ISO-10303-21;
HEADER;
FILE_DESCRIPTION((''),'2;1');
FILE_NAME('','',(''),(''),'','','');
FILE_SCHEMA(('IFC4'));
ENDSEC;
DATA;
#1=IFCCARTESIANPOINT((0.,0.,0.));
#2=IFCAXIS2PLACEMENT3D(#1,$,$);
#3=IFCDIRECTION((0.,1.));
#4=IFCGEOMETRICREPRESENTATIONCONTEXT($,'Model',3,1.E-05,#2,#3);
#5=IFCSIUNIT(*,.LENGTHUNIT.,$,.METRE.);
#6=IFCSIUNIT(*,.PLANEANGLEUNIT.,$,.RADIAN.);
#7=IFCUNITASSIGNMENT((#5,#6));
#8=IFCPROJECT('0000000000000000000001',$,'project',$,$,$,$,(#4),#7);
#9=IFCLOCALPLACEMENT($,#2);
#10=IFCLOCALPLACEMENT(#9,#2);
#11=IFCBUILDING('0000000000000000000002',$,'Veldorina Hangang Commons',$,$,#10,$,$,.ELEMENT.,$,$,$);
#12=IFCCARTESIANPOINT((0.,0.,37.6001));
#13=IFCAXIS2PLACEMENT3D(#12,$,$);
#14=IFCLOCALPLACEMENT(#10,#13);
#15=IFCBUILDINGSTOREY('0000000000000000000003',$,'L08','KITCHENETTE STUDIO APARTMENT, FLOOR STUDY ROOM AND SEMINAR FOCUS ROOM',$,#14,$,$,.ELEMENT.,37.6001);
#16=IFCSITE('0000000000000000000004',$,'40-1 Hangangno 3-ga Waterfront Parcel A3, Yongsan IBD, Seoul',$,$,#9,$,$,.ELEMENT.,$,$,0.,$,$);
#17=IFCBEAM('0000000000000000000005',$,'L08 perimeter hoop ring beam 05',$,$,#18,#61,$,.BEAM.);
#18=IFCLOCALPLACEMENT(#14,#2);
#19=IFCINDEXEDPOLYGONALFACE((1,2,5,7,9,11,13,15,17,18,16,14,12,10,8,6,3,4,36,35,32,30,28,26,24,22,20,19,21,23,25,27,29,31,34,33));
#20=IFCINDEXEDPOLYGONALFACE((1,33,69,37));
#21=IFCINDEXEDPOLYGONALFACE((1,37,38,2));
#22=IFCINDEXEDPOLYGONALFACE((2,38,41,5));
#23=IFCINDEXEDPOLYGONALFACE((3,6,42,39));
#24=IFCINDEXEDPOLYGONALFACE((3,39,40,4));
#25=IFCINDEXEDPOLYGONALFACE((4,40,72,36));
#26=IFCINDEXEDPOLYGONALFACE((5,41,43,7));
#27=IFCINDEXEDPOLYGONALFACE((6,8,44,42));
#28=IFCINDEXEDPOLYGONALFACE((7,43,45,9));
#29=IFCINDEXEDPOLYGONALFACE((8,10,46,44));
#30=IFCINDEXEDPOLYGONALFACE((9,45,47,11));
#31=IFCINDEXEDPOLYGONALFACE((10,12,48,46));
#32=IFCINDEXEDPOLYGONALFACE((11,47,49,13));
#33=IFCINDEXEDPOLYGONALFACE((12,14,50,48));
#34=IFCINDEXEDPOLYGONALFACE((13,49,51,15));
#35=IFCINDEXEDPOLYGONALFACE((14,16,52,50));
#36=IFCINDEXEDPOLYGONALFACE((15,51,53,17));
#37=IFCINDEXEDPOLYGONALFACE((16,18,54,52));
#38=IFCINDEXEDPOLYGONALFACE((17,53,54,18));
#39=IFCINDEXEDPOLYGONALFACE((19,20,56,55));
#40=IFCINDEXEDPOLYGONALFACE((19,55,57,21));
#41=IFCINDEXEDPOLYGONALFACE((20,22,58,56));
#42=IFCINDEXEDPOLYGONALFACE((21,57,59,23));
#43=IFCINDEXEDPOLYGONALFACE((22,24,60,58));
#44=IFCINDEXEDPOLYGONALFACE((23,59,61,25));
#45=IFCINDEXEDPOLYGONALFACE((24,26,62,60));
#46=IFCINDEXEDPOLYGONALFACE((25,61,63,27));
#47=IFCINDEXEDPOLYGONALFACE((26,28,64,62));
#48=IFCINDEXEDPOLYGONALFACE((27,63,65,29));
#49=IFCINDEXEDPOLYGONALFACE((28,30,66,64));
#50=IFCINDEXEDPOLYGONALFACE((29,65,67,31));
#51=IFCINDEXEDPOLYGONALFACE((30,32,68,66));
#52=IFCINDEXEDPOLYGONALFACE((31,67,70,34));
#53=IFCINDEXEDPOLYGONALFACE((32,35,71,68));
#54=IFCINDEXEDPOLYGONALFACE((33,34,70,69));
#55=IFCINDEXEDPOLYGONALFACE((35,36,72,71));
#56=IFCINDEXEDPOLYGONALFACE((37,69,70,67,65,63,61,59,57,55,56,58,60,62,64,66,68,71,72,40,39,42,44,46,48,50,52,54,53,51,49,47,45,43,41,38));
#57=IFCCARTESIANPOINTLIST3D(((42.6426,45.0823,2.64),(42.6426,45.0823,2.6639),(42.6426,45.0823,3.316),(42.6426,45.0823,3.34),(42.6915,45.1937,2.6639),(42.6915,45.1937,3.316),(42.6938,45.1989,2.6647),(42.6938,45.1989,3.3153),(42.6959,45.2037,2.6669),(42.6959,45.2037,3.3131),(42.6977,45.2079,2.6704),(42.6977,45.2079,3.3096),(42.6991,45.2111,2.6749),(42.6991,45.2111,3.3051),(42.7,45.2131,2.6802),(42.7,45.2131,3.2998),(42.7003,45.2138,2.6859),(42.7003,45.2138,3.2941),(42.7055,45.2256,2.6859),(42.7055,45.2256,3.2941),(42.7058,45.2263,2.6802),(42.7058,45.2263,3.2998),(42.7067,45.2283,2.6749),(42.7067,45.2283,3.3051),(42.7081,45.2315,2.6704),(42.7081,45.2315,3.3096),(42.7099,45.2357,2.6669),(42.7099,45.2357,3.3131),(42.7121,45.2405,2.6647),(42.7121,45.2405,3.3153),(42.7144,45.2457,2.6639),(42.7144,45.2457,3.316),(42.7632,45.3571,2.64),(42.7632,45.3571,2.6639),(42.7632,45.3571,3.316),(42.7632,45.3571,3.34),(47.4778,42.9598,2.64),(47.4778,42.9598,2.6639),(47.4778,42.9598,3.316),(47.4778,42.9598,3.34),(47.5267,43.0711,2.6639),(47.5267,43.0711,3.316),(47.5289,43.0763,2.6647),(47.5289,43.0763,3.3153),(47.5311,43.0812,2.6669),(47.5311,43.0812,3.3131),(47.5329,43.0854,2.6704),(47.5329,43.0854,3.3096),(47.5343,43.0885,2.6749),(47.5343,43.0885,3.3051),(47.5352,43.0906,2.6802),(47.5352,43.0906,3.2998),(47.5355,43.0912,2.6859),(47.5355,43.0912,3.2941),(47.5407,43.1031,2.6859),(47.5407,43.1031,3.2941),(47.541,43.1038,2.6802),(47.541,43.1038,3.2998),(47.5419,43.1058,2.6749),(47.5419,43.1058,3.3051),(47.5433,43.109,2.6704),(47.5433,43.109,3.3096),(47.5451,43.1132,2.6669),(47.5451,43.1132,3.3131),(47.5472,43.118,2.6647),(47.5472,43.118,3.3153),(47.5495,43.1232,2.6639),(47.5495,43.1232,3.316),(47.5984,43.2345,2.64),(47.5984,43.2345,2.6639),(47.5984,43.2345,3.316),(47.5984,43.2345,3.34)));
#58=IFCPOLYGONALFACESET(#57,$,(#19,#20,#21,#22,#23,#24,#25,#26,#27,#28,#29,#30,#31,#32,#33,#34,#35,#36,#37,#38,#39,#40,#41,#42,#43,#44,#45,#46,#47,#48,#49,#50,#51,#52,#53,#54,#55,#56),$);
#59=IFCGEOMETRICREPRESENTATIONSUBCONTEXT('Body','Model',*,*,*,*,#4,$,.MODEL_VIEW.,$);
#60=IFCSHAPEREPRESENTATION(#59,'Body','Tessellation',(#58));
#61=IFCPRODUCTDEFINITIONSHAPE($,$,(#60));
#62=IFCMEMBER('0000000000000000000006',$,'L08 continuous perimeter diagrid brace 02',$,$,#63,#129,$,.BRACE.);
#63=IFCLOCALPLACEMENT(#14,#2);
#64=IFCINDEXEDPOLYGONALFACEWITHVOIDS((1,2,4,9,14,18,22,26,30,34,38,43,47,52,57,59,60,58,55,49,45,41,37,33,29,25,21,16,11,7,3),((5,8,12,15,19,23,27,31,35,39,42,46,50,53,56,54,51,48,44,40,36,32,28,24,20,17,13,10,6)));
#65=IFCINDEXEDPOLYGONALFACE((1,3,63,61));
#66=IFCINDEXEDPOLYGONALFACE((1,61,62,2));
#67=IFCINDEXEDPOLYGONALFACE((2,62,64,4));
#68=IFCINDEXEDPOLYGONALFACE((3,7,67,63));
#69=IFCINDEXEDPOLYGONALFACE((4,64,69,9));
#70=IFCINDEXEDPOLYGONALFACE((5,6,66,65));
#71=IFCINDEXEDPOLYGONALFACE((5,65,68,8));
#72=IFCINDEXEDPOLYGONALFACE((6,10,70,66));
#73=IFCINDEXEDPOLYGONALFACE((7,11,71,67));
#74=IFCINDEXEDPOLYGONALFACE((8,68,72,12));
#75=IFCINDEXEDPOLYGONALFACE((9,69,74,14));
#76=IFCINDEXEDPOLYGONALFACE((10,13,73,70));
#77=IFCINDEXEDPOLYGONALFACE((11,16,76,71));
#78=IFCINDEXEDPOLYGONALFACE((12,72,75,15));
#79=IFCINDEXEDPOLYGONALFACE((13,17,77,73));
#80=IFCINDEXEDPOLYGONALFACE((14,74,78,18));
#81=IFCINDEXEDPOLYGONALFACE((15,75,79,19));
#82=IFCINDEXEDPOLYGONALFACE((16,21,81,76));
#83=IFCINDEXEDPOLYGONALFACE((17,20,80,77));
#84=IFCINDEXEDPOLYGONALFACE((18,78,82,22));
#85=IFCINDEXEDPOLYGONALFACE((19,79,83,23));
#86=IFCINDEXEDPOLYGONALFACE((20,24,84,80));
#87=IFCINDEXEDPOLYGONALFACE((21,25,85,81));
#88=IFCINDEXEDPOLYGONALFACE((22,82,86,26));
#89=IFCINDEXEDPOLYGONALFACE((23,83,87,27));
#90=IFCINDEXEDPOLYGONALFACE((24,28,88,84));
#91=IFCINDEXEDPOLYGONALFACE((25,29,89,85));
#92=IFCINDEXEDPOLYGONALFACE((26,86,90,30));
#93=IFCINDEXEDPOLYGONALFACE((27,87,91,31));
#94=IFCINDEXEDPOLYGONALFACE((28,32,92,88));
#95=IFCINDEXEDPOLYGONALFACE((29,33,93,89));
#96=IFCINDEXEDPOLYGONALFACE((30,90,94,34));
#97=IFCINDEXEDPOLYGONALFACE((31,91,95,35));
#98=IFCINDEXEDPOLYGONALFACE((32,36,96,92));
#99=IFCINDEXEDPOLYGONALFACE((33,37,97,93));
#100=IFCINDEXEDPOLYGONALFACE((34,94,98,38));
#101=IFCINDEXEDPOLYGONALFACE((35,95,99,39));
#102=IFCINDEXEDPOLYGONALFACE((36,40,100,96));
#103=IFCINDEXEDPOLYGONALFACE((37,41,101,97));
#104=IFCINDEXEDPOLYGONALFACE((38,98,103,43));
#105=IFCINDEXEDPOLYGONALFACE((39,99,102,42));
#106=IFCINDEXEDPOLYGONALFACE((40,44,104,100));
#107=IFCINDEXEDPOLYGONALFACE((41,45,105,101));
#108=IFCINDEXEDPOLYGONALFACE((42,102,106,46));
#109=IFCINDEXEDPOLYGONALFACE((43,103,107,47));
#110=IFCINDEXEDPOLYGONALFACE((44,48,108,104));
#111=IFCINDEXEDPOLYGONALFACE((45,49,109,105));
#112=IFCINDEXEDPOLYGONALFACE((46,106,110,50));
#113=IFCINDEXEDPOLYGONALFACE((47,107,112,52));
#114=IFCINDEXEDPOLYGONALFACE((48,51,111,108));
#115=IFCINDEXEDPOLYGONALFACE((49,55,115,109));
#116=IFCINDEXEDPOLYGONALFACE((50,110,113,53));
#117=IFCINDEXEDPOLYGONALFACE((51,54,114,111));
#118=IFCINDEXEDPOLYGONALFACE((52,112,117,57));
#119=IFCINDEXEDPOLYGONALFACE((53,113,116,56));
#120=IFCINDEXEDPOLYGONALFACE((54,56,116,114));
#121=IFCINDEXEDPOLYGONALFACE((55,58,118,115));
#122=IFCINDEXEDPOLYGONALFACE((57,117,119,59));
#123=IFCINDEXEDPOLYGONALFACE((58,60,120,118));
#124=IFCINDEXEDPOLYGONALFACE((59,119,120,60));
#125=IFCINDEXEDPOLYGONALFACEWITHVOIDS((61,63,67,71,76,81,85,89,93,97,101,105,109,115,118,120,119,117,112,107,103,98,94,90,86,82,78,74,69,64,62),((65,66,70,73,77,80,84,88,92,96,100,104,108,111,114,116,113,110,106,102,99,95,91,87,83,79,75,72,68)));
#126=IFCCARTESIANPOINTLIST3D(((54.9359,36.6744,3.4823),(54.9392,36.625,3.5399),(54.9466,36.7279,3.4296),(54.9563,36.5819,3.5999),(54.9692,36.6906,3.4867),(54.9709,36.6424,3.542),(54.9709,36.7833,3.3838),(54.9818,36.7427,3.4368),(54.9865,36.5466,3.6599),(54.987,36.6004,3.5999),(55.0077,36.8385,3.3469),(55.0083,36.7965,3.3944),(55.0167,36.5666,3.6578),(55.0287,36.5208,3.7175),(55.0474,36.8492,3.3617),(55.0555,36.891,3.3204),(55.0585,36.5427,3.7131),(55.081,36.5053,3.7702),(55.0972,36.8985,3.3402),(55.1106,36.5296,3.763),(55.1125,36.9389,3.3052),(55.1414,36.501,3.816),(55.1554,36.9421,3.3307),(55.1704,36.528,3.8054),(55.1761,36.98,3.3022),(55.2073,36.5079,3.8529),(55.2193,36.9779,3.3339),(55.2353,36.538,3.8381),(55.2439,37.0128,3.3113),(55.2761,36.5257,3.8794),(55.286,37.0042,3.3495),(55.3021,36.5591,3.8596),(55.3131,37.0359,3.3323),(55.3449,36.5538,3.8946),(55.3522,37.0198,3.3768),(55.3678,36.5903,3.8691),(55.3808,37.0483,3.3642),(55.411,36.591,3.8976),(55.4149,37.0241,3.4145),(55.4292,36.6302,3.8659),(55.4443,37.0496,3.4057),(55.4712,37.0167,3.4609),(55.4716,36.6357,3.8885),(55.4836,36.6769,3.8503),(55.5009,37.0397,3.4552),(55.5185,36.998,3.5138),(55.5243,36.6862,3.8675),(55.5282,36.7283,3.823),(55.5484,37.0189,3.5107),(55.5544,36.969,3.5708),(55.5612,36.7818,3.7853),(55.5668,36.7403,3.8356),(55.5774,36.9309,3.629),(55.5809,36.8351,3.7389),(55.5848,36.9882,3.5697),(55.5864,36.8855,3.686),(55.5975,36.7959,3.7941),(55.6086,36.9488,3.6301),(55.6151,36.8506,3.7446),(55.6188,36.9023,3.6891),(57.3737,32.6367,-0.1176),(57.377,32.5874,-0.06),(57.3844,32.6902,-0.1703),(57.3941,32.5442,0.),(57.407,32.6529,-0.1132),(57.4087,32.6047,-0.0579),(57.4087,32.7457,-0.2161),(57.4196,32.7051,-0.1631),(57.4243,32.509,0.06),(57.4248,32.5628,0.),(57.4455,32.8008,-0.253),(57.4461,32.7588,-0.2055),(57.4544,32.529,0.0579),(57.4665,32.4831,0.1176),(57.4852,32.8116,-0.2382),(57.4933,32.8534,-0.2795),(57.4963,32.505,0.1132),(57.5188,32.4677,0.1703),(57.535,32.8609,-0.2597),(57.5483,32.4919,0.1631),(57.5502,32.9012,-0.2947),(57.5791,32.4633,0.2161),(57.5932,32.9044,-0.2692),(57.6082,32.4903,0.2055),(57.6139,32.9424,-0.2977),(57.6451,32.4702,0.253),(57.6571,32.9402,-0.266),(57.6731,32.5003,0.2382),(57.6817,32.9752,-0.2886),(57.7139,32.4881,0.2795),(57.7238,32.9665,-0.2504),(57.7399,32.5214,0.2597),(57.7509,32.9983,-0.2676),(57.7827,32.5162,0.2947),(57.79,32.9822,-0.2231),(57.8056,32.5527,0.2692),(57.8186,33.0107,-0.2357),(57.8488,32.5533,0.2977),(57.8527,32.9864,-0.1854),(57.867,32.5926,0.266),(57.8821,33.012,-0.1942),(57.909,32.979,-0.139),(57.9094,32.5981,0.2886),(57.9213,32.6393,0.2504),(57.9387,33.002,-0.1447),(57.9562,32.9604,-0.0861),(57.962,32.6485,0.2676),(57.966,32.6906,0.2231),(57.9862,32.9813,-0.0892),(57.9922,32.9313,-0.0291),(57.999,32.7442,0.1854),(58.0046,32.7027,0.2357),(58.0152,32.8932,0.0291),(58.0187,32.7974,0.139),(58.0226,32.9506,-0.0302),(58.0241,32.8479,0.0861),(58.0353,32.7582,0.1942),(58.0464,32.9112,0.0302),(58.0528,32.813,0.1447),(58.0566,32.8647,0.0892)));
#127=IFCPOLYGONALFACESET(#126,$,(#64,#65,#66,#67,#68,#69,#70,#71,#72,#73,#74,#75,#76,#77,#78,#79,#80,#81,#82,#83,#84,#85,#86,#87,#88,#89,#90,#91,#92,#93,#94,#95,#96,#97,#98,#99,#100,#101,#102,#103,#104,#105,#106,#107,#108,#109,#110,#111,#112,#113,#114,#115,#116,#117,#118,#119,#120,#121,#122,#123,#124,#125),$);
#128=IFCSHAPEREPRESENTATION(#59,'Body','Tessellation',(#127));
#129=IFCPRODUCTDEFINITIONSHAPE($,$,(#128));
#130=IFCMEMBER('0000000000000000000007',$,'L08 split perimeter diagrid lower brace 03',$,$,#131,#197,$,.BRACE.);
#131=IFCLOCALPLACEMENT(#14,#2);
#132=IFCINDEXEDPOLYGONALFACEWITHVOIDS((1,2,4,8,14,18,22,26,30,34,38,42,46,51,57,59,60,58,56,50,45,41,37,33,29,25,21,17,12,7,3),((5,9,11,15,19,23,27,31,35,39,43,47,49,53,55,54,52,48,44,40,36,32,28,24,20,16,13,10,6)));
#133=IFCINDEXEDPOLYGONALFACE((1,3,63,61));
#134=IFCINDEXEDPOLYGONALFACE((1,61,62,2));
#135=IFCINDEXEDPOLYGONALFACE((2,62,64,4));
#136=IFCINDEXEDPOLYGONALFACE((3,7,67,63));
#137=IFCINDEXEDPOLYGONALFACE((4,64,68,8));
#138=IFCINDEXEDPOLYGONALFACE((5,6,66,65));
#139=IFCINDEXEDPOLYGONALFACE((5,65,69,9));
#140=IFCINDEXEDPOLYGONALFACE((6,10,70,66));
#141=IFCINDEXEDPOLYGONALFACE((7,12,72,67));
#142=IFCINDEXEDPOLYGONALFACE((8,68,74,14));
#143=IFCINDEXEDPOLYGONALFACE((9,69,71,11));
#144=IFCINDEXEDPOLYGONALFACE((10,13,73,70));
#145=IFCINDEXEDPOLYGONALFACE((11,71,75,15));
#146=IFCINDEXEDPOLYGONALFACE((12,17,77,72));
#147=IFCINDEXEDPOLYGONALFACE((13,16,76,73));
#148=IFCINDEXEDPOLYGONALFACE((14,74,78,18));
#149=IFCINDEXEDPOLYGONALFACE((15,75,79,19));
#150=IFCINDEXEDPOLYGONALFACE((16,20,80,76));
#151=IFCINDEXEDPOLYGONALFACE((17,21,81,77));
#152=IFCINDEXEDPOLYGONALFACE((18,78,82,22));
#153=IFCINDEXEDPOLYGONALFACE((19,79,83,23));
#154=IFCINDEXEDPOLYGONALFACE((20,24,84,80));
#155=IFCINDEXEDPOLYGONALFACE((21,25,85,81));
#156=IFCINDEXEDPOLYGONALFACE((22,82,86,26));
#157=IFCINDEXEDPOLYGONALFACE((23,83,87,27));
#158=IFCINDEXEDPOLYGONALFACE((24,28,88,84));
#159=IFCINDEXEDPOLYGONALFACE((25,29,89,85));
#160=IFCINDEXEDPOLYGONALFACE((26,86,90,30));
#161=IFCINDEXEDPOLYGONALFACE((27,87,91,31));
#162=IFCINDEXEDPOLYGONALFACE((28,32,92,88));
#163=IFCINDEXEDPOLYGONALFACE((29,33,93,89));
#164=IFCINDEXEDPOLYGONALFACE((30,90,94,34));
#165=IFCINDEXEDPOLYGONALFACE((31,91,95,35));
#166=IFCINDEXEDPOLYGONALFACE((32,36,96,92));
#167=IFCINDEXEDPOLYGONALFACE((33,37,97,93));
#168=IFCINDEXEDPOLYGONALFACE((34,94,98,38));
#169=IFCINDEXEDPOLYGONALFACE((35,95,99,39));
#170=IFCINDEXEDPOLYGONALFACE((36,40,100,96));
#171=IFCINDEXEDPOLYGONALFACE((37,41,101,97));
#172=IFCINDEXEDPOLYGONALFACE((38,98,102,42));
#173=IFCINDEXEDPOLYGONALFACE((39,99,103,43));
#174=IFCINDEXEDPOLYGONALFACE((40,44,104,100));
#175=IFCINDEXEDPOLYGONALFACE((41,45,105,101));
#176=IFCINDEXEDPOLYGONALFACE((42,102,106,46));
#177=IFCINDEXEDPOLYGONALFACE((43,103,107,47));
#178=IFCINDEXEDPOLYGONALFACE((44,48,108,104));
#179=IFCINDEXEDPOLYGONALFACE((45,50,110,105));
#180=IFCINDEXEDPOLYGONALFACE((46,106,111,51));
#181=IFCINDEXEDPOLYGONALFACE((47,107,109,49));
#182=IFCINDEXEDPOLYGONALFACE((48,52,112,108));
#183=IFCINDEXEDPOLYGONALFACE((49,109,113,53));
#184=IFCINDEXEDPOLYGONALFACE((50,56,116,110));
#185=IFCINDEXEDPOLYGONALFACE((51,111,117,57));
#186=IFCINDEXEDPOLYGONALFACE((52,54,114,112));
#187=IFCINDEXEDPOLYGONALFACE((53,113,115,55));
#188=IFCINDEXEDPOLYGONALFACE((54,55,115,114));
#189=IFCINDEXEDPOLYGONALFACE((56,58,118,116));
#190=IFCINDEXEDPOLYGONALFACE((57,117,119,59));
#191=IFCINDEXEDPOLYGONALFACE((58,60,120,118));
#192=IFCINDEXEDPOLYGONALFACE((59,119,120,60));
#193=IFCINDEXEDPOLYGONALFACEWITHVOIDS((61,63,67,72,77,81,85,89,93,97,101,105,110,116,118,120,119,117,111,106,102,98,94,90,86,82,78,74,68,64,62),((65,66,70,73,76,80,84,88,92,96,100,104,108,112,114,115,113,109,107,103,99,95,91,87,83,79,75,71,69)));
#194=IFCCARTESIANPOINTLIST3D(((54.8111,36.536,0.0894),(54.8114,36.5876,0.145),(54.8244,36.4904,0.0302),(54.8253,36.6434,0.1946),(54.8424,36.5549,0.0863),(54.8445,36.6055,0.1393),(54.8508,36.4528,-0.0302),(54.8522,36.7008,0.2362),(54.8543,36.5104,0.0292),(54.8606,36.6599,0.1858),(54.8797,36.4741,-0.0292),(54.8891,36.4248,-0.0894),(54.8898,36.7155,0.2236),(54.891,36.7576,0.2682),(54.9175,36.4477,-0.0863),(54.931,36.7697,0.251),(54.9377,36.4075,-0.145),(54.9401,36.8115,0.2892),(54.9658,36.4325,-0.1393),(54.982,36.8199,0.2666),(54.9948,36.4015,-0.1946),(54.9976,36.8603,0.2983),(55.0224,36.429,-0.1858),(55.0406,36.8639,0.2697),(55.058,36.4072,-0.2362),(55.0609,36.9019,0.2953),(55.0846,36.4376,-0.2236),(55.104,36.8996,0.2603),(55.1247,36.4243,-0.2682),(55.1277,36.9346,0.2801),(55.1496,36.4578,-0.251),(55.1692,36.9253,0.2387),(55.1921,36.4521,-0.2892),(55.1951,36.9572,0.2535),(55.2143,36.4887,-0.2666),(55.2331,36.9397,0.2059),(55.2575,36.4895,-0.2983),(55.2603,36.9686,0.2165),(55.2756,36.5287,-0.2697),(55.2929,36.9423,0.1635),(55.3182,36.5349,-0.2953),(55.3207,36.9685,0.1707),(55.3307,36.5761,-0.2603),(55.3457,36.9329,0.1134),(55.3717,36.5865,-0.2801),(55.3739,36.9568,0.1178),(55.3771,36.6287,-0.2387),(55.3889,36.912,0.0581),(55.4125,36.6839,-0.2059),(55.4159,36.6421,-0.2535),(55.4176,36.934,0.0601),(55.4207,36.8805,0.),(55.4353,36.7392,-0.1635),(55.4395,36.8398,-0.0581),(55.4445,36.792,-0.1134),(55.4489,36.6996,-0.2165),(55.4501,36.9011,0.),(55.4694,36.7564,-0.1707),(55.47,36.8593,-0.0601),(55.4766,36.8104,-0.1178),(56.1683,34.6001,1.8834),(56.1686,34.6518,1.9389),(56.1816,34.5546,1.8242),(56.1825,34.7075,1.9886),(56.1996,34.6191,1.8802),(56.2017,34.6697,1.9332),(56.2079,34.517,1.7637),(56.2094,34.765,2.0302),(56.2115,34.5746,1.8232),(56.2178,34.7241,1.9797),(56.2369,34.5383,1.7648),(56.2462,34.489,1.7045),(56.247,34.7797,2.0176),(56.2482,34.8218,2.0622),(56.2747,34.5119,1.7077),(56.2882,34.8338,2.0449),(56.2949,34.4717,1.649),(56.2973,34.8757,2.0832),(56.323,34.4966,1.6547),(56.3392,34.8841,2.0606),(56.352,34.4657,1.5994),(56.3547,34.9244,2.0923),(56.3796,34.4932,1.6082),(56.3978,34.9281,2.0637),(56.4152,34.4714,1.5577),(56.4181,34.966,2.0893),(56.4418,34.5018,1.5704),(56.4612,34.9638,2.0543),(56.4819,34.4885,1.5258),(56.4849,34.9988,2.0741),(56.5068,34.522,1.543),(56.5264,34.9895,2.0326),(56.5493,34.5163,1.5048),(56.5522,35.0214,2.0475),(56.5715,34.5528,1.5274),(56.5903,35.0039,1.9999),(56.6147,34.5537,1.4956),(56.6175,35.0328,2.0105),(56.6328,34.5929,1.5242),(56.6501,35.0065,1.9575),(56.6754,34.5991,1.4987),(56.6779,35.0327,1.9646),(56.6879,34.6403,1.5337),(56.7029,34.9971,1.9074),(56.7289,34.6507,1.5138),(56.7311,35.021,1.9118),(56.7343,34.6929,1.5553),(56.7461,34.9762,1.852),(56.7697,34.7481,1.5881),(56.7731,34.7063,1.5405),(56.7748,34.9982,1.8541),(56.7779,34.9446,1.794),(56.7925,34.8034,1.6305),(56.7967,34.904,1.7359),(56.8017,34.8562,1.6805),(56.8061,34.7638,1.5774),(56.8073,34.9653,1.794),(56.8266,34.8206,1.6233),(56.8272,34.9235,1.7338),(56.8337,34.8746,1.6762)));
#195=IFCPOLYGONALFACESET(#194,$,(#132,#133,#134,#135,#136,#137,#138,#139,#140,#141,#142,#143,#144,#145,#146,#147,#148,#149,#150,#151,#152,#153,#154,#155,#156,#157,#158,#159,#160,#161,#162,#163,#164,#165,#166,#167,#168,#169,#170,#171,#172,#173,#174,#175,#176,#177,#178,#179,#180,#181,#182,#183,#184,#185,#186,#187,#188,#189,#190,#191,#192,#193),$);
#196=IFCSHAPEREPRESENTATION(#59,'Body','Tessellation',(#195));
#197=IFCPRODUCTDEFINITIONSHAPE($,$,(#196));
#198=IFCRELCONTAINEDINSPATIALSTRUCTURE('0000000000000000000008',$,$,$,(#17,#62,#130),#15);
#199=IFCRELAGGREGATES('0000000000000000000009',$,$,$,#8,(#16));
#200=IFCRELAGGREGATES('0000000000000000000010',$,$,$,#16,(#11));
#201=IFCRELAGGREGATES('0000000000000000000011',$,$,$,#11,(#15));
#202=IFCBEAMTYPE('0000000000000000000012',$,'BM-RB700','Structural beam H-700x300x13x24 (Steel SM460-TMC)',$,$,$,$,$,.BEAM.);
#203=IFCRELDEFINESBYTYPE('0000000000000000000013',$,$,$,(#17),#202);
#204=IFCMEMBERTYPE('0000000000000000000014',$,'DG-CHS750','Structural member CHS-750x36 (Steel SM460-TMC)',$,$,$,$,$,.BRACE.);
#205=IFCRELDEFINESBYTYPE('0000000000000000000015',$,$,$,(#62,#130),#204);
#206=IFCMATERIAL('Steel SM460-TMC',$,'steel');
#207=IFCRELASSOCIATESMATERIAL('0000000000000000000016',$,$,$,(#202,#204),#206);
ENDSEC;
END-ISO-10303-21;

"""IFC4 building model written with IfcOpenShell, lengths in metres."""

from ifc_helpers import new_model, si_unit, direction, frame, origin, origin_2d, place, context, subcontext, project, spatial, hollow_circle, i_section, extrude, material, material_profile, profile_set, type_object, element, save


model = new_model("IFC4")

# Units and contexts
model_context = context("Model", 3, precision=1e-05, world=origin(), true_north=direction((0.0, 1.0)))
body_context = subcontext(model_context, "Body", "Model", "MODEL_VIEW")
ifc_project = project(units=[si_unit("LENGTHUNIT", "METRE"), si_unit("PLANEANGLEUNIT", "RADIAN")], contexts=[model_context])

# Site, building, storey
site_placement = place(None, origin())
site = spatial("IfcSite", under=ifc_project, at=site_placement, Name="40-1 Hangangno 3-ga Waterfront Parcel A3, Yongsan IBD, Seoul", CompositionType="ELEMENT", RefElevation=0.0)
building_placement = place(site_placement, origin())
building = spatial("IfcBuilding", under=site, at=building_placement, Name="Veldorina Hangang Commons", CompositionType="ELEMENT")
storey_placement = place(building_placement, frame((0.0, 0.0, 37.6001)))
storey = spatial("IfcBuildingStorey", under=building, at=storey_placement, Name="L08", Description="KITCHENETTE STUDIO APARTMENT, FLOOR STUDY ROOM AND SEMINAR FOCUS ROOM", CompositionType="ELEMENT", Elevation=37.6001)

# Beam
ifc_material_1 = material(Name="Steel SM460-TMC", Category="steel")
ifc_material_profile_1 = material_profile(ifc_material_1, i_section(OverallWidth=0.3, OverallDepth=0.7, WebThickness=0.0129, FlangeThickness=0.0239, FilletRadius=0.022, at=origin_2d()), Name="H-700x300x13x24")
ifc_profile_set_1 = profile_set([ifc_material_profile_1], Name="Steel SM460-TMC")
beam_type_1 = type_object("IfcBeamType", Name="BM-RB700", Description="Structural beam H-700x300x13x24 (Steel SM460-TMC)", PredefinedType="BEAM", material=ifc_profile_set_1)
beam_1_placement = place(storey_placement, frame((47.5381, 43.0972, 2.99), z_axis=(-0.915659, 0.401956, 0.0), x_axis=(-0.401956, -0.915659, 0.0)))
element("IfcBeam", 1, at=beam_1_placement, inside=storey, type_object=beam_type_1, Name="L08 perimeter hoop ring beam 05", PredefinedType="BEAM", context=body_context, shape_type="SweptSolid", body=[
    extrude(i_section(OverallWidth=0.3, OverallDepth=0.7, WebThickness=0.0129, FlangeThickness=0.0239, FilletRadius=0.022, at=origin_2d()), origin(), (0.0, 0.0, 1.0), 5.2805),
])

# Members
ifc_material_profile_2 = material_profile(ifc_material_1, hollow_circle(Radius=0.375, WallThickness=0.0359, at=origin_2d()), Name="CHS-750x36")
ifc_profile_set_2 = profile_set([ifc_material_profile_2], Name="Steel SM460-TMC")
member_type = type_object("IfcMemberType", Name="DG-CHS750", Description="Structural member CHS-750x36 (Steel SM460-TMC)", PredefinedType="BRACE", material=ifc_profile_set_2)
member_1_placement = place(storey_placement, frame((57.7151, 32.738, 0.0), z_axis=(-0.41086, 0.680501, 0.606723), x_axis=(-0.856069, -0.516861, 0.0)))
element("IfcMember", 2, at=member_1_placement, inside=storey, type_object=member_type, Name="L08 continuous perimeter diagrid brace 02", PredefinedType="BRACE", context=body_context, shape_type="SweptSolid", body=[
    extrude(hollow_circle(Radius=0.375, WallThickness=0.0359, at=origin_2d()), origin(), (0.0, 0.0, 1.0), 5.9333),
])
member_2_placement = place(storey_placement, frame((55.1431, 36.6858, 0.0), z_axis=(0.457311, -0.652279, 0.604483), x_axis=(0.81881, 0.574065, 0.0)))
element("IfcMember", 3, at=member_2_placement, inside=storey, type_object=member_type, Name="L08 split perimeter diagrid lower brace 03", PredefinedType="BRACE", context=body_context, shape_type="SweptSolid", body=[
    extrude(hollow_circle(Radius=0.375, WallThickness=0.0359, at=origin_2d()), origin(), (0.0, 0.0, 1.0), 2.9678),
])

save(model, "model.ifc")
